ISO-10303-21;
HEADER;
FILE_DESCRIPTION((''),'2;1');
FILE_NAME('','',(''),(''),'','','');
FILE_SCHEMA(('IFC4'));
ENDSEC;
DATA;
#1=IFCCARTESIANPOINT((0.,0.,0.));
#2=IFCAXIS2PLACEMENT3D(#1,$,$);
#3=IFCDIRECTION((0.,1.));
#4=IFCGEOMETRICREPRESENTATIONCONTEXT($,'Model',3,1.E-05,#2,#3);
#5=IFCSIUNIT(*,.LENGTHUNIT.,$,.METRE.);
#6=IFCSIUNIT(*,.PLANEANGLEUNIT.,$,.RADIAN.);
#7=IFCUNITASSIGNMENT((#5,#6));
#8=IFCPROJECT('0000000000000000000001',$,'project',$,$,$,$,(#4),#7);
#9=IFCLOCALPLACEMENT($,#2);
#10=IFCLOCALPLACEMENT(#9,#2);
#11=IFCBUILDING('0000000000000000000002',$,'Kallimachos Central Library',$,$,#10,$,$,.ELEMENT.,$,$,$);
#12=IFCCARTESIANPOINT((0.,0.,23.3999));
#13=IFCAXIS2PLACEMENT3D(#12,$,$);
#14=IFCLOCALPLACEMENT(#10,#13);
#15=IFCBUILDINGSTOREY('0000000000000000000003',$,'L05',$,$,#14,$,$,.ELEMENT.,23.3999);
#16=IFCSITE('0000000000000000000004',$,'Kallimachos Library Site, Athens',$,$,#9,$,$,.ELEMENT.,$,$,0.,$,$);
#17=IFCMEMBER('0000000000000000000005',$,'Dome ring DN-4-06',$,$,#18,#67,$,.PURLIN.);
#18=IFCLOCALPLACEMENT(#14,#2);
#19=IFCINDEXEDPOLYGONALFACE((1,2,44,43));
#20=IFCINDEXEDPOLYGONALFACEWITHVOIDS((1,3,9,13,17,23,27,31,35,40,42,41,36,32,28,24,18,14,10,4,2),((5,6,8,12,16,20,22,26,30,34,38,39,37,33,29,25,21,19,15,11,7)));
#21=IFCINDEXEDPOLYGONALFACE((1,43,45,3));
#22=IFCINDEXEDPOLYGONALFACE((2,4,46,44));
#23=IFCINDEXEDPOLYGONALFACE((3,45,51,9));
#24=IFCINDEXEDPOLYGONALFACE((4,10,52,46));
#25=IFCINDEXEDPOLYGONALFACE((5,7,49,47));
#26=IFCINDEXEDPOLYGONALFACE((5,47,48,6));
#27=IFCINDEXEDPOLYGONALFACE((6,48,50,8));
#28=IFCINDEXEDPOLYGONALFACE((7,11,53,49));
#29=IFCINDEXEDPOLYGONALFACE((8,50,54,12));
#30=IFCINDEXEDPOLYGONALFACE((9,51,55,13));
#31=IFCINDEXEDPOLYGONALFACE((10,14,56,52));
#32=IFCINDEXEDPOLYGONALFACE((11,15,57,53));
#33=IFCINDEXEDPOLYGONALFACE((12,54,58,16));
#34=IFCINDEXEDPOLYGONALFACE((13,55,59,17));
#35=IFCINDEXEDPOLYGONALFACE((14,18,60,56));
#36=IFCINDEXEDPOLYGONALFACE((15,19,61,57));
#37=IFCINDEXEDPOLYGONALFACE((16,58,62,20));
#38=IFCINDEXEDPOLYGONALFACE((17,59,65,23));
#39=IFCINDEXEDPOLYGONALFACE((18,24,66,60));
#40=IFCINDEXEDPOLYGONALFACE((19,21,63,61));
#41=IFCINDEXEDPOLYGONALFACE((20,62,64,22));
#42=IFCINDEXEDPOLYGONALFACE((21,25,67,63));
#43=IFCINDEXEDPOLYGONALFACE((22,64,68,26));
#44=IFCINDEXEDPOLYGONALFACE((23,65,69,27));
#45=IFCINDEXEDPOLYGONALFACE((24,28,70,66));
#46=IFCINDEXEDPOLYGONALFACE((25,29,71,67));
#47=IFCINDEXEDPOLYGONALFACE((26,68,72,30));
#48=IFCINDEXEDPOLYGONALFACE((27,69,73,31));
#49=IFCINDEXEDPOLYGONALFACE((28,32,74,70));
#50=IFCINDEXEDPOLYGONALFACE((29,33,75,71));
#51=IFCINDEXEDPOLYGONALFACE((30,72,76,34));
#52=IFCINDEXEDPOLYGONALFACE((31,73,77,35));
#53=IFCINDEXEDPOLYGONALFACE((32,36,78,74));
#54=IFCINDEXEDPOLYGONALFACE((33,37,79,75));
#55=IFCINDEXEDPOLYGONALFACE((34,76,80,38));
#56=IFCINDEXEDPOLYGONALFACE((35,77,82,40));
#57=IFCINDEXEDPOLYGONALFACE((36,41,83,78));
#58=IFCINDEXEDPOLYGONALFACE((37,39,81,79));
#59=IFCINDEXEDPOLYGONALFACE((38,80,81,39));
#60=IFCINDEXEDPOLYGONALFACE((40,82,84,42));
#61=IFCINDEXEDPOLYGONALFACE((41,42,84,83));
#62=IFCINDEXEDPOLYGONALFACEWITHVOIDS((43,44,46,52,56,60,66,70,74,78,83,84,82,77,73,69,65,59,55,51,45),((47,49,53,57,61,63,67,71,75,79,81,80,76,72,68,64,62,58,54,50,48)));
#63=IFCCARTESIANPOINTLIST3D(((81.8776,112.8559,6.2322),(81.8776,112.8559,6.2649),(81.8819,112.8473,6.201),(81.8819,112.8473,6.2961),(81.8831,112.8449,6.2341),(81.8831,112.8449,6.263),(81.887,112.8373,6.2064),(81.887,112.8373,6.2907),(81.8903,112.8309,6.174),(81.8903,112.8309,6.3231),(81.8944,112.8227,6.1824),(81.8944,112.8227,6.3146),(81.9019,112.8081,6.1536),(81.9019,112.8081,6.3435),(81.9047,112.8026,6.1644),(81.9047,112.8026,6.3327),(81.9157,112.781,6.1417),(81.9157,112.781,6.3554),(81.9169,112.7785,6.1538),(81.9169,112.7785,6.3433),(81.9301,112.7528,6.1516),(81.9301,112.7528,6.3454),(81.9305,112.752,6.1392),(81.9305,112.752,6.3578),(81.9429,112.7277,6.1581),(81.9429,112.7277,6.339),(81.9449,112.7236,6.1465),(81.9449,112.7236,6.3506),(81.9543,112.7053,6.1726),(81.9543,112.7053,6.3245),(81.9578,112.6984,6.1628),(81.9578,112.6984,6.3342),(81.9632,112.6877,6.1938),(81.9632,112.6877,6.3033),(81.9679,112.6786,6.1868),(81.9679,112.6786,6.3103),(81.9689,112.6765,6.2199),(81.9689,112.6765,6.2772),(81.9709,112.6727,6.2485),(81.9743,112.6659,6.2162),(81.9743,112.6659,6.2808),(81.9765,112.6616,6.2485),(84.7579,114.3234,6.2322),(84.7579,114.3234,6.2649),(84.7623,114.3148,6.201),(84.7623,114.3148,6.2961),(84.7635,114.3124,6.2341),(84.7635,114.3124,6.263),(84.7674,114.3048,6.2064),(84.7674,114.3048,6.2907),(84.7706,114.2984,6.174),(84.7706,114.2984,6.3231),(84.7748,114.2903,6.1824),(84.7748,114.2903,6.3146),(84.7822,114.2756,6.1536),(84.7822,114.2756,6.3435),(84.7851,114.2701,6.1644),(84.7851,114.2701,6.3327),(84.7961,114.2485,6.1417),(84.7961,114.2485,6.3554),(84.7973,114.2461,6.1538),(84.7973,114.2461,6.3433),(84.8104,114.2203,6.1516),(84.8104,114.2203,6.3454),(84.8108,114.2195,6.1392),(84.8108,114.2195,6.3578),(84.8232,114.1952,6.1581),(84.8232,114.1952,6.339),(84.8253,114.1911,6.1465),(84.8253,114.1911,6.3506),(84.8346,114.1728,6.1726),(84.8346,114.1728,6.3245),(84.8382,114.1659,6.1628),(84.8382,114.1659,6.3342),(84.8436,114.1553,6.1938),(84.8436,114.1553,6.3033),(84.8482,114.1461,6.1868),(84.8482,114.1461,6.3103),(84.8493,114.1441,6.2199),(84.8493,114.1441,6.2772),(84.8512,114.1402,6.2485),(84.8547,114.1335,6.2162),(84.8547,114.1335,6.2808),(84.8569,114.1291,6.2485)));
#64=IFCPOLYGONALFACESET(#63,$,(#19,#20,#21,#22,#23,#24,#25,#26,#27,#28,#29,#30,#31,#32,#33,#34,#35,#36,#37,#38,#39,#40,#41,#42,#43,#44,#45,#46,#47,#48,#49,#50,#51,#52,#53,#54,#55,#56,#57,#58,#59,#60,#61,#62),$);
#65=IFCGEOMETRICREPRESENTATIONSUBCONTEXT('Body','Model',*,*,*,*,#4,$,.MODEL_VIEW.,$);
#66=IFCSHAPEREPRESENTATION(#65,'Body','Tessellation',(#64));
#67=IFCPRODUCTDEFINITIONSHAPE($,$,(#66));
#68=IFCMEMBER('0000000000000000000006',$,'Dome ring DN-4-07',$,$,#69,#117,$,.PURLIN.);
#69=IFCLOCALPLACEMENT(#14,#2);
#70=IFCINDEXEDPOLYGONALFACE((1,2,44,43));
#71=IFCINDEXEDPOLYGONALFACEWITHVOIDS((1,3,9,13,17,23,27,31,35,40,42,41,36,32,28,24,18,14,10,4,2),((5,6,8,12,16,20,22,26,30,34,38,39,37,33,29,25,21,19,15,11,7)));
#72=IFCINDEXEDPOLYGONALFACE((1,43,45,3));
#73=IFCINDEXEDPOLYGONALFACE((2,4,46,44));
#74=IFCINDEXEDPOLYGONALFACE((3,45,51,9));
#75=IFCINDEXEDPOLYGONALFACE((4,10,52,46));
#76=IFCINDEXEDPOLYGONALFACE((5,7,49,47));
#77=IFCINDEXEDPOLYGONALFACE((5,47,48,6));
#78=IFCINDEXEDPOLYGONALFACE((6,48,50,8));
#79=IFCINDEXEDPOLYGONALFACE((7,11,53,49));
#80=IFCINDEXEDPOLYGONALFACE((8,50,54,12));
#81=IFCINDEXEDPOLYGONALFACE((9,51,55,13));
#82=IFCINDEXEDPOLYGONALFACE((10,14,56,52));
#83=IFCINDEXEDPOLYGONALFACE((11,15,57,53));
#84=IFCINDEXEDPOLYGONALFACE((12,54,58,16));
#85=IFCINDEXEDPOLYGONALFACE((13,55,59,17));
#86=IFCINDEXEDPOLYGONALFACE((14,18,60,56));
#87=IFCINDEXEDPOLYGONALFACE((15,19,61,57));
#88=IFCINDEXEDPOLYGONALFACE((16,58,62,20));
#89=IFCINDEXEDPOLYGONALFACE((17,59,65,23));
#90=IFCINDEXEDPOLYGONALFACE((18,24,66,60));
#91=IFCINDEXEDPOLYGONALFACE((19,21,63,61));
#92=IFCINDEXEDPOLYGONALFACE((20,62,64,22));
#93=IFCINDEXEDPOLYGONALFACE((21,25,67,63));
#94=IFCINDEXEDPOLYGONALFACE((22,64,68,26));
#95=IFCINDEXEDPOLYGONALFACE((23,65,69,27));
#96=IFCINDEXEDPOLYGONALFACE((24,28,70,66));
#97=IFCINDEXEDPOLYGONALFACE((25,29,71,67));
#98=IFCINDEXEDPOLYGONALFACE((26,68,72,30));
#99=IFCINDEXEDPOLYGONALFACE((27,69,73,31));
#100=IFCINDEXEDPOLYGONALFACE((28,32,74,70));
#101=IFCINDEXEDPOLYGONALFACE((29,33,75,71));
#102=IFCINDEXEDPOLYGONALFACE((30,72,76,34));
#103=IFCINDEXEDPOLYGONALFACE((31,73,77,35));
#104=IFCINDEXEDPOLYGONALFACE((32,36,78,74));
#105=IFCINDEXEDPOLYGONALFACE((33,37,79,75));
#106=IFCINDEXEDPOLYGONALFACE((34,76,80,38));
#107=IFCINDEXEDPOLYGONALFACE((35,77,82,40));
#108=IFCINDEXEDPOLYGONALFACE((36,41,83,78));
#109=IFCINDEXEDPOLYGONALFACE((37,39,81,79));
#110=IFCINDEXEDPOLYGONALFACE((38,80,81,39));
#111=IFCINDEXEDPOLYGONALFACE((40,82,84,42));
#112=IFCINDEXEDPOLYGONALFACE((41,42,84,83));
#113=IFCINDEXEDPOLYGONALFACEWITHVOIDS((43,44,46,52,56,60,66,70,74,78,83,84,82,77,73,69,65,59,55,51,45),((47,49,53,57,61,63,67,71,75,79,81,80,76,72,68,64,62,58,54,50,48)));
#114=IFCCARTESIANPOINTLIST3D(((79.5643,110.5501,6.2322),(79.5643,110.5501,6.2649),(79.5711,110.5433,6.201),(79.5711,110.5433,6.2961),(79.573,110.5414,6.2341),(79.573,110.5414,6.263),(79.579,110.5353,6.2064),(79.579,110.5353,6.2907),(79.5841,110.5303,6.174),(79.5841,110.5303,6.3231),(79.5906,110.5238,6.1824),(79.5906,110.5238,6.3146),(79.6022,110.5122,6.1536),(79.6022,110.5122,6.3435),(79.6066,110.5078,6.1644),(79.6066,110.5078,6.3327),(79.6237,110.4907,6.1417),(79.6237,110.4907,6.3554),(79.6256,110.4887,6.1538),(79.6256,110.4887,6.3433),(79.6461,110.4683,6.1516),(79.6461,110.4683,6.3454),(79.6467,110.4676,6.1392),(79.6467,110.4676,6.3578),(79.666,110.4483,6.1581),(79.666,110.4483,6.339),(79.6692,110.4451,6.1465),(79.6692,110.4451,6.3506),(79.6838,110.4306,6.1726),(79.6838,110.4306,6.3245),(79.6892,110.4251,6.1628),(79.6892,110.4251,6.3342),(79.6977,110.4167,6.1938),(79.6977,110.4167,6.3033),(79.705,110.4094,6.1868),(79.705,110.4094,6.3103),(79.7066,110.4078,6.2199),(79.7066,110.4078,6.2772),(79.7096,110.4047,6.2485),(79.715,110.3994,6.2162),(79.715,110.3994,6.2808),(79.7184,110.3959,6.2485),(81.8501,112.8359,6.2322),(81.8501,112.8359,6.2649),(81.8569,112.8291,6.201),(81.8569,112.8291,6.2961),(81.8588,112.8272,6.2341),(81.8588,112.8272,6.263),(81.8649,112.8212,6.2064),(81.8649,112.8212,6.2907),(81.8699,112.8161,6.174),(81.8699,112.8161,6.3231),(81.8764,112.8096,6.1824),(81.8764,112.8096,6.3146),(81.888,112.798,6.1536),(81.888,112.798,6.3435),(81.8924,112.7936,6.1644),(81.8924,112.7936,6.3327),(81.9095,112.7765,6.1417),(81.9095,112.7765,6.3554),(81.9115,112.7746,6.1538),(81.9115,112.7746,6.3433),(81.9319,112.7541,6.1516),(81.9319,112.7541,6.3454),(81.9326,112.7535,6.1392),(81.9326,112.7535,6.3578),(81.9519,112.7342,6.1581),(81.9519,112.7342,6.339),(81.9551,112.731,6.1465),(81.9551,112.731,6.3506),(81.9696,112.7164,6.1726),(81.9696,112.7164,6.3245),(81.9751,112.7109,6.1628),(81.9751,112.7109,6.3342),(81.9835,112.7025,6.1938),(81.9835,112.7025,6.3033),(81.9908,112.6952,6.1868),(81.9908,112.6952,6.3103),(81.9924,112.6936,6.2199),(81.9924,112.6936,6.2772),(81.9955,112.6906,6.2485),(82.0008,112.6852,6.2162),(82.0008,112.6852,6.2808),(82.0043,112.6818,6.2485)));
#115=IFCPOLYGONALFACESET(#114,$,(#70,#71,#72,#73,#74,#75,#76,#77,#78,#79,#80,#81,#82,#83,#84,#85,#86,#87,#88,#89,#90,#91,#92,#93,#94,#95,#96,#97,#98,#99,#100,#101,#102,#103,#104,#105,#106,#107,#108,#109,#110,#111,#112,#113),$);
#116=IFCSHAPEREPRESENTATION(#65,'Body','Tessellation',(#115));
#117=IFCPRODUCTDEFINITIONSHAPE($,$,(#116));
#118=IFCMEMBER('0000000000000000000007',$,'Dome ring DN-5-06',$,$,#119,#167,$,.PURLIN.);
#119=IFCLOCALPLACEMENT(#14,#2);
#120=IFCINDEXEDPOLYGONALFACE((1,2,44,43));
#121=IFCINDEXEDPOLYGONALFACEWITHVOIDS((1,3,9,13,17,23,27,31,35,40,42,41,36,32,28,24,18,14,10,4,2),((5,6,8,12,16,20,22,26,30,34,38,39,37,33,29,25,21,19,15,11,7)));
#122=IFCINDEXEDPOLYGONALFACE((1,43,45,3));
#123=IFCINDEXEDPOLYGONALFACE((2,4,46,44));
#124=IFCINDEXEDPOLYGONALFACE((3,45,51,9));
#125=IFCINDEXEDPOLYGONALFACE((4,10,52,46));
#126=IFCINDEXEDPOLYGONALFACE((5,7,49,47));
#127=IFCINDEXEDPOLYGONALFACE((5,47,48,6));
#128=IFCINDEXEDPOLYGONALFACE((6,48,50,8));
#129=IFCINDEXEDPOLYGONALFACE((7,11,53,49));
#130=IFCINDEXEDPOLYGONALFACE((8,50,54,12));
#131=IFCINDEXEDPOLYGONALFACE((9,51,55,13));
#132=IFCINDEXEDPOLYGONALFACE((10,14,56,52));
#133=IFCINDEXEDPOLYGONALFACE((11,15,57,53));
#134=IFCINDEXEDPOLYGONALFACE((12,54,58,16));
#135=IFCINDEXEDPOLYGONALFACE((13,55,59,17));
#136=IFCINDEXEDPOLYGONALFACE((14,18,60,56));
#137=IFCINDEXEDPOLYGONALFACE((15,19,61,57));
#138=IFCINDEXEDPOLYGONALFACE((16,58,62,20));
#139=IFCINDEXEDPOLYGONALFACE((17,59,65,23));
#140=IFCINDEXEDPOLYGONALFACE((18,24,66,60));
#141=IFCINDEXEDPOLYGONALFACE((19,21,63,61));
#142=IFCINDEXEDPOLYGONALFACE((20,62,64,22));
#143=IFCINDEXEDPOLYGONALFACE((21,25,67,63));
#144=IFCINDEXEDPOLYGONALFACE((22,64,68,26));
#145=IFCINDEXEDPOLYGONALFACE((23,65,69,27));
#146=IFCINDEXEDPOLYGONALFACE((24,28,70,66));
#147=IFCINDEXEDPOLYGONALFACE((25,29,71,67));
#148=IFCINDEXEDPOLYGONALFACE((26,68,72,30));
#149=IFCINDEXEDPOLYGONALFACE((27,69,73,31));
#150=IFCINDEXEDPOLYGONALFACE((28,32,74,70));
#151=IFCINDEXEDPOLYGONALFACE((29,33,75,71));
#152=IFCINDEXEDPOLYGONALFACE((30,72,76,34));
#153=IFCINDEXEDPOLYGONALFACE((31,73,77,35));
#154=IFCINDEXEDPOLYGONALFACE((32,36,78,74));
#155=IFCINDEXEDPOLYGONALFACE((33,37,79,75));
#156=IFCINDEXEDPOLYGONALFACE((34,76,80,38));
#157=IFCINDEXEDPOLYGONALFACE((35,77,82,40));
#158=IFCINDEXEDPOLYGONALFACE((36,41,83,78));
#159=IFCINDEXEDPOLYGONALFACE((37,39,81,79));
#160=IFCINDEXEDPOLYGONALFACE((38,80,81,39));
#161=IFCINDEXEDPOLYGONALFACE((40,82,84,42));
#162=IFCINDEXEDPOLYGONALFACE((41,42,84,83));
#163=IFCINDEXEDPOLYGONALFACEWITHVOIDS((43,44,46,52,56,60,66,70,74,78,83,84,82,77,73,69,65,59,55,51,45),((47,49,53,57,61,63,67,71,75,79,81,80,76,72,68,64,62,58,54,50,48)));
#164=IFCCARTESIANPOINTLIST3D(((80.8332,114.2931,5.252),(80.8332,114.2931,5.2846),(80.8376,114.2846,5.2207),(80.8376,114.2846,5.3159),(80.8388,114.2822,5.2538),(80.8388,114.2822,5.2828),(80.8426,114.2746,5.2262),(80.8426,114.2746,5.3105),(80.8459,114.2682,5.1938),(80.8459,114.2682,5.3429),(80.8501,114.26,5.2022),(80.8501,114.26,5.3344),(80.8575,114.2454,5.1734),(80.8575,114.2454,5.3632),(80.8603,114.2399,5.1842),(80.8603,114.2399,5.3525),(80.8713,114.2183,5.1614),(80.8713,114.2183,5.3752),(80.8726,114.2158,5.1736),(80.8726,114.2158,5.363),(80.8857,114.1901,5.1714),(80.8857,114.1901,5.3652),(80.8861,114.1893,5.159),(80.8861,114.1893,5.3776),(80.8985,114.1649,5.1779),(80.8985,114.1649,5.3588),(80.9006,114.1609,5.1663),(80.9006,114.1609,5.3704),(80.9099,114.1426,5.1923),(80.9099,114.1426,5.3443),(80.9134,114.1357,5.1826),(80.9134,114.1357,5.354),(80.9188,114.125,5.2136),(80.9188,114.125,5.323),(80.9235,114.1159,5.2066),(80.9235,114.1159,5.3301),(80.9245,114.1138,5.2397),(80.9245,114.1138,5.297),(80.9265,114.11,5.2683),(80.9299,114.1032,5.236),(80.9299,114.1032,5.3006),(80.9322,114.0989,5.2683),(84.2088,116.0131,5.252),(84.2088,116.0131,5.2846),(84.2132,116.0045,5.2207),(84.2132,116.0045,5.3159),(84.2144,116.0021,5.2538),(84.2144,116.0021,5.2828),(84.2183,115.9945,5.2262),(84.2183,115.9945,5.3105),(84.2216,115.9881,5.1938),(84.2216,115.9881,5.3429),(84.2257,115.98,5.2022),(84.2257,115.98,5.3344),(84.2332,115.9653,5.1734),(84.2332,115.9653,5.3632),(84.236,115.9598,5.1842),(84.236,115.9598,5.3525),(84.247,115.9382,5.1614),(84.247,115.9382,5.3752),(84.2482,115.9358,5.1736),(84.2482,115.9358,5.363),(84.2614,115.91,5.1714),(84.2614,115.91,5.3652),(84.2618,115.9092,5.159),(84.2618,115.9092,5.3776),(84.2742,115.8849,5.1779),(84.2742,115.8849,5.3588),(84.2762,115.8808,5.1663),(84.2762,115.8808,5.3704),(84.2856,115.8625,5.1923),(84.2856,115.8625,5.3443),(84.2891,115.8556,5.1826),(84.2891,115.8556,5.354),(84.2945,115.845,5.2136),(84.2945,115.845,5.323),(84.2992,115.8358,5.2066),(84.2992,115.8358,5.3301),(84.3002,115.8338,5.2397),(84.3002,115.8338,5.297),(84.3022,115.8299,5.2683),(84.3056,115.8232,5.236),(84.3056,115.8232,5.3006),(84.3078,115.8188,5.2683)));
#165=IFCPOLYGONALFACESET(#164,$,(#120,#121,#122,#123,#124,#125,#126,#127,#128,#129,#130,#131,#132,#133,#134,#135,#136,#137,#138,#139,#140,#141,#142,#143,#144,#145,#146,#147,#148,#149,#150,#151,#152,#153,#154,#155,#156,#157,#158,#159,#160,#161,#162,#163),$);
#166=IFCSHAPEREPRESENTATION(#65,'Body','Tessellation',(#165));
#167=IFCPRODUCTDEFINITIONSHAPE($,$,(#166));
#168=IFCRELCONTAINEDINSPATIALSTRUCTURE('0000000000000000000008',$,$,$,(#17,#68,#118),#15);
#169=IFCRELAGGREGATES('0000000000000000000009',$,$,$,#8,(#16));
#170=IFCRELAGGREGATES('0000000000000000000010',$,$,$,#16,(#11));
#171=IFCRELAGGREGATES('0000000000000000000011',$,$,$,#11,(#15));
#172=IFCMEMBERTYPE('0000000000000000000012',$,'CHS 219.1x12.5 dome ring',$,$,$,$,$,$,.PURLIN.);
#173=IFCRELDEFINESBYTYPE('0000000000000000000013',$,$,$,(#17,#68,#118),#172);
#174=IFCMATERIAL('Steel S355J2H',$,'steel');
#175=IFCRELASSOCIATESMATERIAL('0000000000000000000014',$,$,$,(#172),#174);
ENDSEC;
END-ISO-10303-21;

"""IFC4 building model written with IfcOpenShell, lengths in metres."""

from ifc_helpers import new_model, si_unit, direction, frame, origin, origin_2d, place, context, subcontext, project, spatial, hollow_circle, extrude, material, material_profile, profile_set, type_object, element, save


model = new_model("IFC4")

# Units and contexts
model_context = context("Model", 3, precision=1e-05, world=origin(), true_north=direction((0.0, 1.0)))
body_context = subcontext(model_context, "Body", "Model", "MODEL_VIEW")
ifc_project = project(units=[si_unit("LENGTHUNIT", "METRE"), si_unit("PLANEANGLEUNIT", "RADIAN")], contexts=[model_context])

# Site, building, storey
site_placement = place(None, origin())
site = spatial("IfcSite", under=ifc_project, at=site_placement, Name="Kallimachos Library Site, Athens", CompositionType="ELEMENT", RefElevation=0.0)
building_placement = place(site_placement, origin())
building = spatial("IfcBuilding", under=site, at=building_placement, Name="Kallimachos Central Library", CompositionType="ELEMENT")
storey_placement = place(building_placement, frame((0.0, 0.0, 23.3999)))
storey = spatial("IfcBuildingStorey", under=building, at=storey_placement, Name="L05", CompositionType="ELEMENT", Elevation=23.3999)

# Members
ifc_material_1 = material(Name="Steel S355J2H", Category="steel")
ifc_material_profile_1 = material_profile(ifc_material_1, hollow_circle(Radius=0.1096, WallThickness=0.0125, at=origin_2d()), Name="CHS 219.1x12.5")
ifc_profile_set_1 = profile_set([ifc_material_profile_1], Name="Steel S355J2H")
member_type_1 = type_object("IfcMemberType", Name="CHS 219.1x12.5 dome ring", PredefinedType="PURLIN", material=ifc_profile_set_1)
for number, where, z_axis, x_axis, name in (
    (1, (84.8071, 114.2268, 6.2485), (-0.891018, -0.453968, 0.0), (0.453968, -0.891018, 0.0), "Dome ring DN-4-06"),
    (2, (81.9268, 112.7593, 6.2485), (-0.707107, -0.707107, 0.0), (0.707107, -0.707107, 0.0), "Dome ring DN-4-07"),
):
    element("IfcMember", number, at=place(storey_placement, frame(where, z_axis=z_axis, x_axis=x_axis)), inside=storey, type_object=member_type_1, Name=name, PredefinedType="PURLIN", context=body_context, shape_type="SweptSolid", body=[
        extrude(hollow_circle(Radius=0.1096, WallThickness=0.0125, at=origin_2d()), origin(), (0.0, 0.0, 1.0), 3.2327),
    ])
for number, where, z_axis, x_axis, name in (
    (3, (84.2581, 115.9165, 5.2683), (-0.891012, -0.45398, 0.0), (0.45398, -0.891012, 0.0), "Dome ring DN-5-06"),
):
    element("IfcMember", number, at=place(storey_placement, frame(where, z_axis=z_axis, x_axis=x_axis)), inside=storey, type_object=member_type_1, Name=name, PredefinedType="PURLIN", context=body_context, shape_type="SweptSolid", body=[
        extrude(hollow_circle(Radius=0.1096, WallThickness=0.0125, at=origin_2d()), origin(), (0.0, 0.0, 1.0), 3.7886),
    ])

save(model, "model.ifc")
